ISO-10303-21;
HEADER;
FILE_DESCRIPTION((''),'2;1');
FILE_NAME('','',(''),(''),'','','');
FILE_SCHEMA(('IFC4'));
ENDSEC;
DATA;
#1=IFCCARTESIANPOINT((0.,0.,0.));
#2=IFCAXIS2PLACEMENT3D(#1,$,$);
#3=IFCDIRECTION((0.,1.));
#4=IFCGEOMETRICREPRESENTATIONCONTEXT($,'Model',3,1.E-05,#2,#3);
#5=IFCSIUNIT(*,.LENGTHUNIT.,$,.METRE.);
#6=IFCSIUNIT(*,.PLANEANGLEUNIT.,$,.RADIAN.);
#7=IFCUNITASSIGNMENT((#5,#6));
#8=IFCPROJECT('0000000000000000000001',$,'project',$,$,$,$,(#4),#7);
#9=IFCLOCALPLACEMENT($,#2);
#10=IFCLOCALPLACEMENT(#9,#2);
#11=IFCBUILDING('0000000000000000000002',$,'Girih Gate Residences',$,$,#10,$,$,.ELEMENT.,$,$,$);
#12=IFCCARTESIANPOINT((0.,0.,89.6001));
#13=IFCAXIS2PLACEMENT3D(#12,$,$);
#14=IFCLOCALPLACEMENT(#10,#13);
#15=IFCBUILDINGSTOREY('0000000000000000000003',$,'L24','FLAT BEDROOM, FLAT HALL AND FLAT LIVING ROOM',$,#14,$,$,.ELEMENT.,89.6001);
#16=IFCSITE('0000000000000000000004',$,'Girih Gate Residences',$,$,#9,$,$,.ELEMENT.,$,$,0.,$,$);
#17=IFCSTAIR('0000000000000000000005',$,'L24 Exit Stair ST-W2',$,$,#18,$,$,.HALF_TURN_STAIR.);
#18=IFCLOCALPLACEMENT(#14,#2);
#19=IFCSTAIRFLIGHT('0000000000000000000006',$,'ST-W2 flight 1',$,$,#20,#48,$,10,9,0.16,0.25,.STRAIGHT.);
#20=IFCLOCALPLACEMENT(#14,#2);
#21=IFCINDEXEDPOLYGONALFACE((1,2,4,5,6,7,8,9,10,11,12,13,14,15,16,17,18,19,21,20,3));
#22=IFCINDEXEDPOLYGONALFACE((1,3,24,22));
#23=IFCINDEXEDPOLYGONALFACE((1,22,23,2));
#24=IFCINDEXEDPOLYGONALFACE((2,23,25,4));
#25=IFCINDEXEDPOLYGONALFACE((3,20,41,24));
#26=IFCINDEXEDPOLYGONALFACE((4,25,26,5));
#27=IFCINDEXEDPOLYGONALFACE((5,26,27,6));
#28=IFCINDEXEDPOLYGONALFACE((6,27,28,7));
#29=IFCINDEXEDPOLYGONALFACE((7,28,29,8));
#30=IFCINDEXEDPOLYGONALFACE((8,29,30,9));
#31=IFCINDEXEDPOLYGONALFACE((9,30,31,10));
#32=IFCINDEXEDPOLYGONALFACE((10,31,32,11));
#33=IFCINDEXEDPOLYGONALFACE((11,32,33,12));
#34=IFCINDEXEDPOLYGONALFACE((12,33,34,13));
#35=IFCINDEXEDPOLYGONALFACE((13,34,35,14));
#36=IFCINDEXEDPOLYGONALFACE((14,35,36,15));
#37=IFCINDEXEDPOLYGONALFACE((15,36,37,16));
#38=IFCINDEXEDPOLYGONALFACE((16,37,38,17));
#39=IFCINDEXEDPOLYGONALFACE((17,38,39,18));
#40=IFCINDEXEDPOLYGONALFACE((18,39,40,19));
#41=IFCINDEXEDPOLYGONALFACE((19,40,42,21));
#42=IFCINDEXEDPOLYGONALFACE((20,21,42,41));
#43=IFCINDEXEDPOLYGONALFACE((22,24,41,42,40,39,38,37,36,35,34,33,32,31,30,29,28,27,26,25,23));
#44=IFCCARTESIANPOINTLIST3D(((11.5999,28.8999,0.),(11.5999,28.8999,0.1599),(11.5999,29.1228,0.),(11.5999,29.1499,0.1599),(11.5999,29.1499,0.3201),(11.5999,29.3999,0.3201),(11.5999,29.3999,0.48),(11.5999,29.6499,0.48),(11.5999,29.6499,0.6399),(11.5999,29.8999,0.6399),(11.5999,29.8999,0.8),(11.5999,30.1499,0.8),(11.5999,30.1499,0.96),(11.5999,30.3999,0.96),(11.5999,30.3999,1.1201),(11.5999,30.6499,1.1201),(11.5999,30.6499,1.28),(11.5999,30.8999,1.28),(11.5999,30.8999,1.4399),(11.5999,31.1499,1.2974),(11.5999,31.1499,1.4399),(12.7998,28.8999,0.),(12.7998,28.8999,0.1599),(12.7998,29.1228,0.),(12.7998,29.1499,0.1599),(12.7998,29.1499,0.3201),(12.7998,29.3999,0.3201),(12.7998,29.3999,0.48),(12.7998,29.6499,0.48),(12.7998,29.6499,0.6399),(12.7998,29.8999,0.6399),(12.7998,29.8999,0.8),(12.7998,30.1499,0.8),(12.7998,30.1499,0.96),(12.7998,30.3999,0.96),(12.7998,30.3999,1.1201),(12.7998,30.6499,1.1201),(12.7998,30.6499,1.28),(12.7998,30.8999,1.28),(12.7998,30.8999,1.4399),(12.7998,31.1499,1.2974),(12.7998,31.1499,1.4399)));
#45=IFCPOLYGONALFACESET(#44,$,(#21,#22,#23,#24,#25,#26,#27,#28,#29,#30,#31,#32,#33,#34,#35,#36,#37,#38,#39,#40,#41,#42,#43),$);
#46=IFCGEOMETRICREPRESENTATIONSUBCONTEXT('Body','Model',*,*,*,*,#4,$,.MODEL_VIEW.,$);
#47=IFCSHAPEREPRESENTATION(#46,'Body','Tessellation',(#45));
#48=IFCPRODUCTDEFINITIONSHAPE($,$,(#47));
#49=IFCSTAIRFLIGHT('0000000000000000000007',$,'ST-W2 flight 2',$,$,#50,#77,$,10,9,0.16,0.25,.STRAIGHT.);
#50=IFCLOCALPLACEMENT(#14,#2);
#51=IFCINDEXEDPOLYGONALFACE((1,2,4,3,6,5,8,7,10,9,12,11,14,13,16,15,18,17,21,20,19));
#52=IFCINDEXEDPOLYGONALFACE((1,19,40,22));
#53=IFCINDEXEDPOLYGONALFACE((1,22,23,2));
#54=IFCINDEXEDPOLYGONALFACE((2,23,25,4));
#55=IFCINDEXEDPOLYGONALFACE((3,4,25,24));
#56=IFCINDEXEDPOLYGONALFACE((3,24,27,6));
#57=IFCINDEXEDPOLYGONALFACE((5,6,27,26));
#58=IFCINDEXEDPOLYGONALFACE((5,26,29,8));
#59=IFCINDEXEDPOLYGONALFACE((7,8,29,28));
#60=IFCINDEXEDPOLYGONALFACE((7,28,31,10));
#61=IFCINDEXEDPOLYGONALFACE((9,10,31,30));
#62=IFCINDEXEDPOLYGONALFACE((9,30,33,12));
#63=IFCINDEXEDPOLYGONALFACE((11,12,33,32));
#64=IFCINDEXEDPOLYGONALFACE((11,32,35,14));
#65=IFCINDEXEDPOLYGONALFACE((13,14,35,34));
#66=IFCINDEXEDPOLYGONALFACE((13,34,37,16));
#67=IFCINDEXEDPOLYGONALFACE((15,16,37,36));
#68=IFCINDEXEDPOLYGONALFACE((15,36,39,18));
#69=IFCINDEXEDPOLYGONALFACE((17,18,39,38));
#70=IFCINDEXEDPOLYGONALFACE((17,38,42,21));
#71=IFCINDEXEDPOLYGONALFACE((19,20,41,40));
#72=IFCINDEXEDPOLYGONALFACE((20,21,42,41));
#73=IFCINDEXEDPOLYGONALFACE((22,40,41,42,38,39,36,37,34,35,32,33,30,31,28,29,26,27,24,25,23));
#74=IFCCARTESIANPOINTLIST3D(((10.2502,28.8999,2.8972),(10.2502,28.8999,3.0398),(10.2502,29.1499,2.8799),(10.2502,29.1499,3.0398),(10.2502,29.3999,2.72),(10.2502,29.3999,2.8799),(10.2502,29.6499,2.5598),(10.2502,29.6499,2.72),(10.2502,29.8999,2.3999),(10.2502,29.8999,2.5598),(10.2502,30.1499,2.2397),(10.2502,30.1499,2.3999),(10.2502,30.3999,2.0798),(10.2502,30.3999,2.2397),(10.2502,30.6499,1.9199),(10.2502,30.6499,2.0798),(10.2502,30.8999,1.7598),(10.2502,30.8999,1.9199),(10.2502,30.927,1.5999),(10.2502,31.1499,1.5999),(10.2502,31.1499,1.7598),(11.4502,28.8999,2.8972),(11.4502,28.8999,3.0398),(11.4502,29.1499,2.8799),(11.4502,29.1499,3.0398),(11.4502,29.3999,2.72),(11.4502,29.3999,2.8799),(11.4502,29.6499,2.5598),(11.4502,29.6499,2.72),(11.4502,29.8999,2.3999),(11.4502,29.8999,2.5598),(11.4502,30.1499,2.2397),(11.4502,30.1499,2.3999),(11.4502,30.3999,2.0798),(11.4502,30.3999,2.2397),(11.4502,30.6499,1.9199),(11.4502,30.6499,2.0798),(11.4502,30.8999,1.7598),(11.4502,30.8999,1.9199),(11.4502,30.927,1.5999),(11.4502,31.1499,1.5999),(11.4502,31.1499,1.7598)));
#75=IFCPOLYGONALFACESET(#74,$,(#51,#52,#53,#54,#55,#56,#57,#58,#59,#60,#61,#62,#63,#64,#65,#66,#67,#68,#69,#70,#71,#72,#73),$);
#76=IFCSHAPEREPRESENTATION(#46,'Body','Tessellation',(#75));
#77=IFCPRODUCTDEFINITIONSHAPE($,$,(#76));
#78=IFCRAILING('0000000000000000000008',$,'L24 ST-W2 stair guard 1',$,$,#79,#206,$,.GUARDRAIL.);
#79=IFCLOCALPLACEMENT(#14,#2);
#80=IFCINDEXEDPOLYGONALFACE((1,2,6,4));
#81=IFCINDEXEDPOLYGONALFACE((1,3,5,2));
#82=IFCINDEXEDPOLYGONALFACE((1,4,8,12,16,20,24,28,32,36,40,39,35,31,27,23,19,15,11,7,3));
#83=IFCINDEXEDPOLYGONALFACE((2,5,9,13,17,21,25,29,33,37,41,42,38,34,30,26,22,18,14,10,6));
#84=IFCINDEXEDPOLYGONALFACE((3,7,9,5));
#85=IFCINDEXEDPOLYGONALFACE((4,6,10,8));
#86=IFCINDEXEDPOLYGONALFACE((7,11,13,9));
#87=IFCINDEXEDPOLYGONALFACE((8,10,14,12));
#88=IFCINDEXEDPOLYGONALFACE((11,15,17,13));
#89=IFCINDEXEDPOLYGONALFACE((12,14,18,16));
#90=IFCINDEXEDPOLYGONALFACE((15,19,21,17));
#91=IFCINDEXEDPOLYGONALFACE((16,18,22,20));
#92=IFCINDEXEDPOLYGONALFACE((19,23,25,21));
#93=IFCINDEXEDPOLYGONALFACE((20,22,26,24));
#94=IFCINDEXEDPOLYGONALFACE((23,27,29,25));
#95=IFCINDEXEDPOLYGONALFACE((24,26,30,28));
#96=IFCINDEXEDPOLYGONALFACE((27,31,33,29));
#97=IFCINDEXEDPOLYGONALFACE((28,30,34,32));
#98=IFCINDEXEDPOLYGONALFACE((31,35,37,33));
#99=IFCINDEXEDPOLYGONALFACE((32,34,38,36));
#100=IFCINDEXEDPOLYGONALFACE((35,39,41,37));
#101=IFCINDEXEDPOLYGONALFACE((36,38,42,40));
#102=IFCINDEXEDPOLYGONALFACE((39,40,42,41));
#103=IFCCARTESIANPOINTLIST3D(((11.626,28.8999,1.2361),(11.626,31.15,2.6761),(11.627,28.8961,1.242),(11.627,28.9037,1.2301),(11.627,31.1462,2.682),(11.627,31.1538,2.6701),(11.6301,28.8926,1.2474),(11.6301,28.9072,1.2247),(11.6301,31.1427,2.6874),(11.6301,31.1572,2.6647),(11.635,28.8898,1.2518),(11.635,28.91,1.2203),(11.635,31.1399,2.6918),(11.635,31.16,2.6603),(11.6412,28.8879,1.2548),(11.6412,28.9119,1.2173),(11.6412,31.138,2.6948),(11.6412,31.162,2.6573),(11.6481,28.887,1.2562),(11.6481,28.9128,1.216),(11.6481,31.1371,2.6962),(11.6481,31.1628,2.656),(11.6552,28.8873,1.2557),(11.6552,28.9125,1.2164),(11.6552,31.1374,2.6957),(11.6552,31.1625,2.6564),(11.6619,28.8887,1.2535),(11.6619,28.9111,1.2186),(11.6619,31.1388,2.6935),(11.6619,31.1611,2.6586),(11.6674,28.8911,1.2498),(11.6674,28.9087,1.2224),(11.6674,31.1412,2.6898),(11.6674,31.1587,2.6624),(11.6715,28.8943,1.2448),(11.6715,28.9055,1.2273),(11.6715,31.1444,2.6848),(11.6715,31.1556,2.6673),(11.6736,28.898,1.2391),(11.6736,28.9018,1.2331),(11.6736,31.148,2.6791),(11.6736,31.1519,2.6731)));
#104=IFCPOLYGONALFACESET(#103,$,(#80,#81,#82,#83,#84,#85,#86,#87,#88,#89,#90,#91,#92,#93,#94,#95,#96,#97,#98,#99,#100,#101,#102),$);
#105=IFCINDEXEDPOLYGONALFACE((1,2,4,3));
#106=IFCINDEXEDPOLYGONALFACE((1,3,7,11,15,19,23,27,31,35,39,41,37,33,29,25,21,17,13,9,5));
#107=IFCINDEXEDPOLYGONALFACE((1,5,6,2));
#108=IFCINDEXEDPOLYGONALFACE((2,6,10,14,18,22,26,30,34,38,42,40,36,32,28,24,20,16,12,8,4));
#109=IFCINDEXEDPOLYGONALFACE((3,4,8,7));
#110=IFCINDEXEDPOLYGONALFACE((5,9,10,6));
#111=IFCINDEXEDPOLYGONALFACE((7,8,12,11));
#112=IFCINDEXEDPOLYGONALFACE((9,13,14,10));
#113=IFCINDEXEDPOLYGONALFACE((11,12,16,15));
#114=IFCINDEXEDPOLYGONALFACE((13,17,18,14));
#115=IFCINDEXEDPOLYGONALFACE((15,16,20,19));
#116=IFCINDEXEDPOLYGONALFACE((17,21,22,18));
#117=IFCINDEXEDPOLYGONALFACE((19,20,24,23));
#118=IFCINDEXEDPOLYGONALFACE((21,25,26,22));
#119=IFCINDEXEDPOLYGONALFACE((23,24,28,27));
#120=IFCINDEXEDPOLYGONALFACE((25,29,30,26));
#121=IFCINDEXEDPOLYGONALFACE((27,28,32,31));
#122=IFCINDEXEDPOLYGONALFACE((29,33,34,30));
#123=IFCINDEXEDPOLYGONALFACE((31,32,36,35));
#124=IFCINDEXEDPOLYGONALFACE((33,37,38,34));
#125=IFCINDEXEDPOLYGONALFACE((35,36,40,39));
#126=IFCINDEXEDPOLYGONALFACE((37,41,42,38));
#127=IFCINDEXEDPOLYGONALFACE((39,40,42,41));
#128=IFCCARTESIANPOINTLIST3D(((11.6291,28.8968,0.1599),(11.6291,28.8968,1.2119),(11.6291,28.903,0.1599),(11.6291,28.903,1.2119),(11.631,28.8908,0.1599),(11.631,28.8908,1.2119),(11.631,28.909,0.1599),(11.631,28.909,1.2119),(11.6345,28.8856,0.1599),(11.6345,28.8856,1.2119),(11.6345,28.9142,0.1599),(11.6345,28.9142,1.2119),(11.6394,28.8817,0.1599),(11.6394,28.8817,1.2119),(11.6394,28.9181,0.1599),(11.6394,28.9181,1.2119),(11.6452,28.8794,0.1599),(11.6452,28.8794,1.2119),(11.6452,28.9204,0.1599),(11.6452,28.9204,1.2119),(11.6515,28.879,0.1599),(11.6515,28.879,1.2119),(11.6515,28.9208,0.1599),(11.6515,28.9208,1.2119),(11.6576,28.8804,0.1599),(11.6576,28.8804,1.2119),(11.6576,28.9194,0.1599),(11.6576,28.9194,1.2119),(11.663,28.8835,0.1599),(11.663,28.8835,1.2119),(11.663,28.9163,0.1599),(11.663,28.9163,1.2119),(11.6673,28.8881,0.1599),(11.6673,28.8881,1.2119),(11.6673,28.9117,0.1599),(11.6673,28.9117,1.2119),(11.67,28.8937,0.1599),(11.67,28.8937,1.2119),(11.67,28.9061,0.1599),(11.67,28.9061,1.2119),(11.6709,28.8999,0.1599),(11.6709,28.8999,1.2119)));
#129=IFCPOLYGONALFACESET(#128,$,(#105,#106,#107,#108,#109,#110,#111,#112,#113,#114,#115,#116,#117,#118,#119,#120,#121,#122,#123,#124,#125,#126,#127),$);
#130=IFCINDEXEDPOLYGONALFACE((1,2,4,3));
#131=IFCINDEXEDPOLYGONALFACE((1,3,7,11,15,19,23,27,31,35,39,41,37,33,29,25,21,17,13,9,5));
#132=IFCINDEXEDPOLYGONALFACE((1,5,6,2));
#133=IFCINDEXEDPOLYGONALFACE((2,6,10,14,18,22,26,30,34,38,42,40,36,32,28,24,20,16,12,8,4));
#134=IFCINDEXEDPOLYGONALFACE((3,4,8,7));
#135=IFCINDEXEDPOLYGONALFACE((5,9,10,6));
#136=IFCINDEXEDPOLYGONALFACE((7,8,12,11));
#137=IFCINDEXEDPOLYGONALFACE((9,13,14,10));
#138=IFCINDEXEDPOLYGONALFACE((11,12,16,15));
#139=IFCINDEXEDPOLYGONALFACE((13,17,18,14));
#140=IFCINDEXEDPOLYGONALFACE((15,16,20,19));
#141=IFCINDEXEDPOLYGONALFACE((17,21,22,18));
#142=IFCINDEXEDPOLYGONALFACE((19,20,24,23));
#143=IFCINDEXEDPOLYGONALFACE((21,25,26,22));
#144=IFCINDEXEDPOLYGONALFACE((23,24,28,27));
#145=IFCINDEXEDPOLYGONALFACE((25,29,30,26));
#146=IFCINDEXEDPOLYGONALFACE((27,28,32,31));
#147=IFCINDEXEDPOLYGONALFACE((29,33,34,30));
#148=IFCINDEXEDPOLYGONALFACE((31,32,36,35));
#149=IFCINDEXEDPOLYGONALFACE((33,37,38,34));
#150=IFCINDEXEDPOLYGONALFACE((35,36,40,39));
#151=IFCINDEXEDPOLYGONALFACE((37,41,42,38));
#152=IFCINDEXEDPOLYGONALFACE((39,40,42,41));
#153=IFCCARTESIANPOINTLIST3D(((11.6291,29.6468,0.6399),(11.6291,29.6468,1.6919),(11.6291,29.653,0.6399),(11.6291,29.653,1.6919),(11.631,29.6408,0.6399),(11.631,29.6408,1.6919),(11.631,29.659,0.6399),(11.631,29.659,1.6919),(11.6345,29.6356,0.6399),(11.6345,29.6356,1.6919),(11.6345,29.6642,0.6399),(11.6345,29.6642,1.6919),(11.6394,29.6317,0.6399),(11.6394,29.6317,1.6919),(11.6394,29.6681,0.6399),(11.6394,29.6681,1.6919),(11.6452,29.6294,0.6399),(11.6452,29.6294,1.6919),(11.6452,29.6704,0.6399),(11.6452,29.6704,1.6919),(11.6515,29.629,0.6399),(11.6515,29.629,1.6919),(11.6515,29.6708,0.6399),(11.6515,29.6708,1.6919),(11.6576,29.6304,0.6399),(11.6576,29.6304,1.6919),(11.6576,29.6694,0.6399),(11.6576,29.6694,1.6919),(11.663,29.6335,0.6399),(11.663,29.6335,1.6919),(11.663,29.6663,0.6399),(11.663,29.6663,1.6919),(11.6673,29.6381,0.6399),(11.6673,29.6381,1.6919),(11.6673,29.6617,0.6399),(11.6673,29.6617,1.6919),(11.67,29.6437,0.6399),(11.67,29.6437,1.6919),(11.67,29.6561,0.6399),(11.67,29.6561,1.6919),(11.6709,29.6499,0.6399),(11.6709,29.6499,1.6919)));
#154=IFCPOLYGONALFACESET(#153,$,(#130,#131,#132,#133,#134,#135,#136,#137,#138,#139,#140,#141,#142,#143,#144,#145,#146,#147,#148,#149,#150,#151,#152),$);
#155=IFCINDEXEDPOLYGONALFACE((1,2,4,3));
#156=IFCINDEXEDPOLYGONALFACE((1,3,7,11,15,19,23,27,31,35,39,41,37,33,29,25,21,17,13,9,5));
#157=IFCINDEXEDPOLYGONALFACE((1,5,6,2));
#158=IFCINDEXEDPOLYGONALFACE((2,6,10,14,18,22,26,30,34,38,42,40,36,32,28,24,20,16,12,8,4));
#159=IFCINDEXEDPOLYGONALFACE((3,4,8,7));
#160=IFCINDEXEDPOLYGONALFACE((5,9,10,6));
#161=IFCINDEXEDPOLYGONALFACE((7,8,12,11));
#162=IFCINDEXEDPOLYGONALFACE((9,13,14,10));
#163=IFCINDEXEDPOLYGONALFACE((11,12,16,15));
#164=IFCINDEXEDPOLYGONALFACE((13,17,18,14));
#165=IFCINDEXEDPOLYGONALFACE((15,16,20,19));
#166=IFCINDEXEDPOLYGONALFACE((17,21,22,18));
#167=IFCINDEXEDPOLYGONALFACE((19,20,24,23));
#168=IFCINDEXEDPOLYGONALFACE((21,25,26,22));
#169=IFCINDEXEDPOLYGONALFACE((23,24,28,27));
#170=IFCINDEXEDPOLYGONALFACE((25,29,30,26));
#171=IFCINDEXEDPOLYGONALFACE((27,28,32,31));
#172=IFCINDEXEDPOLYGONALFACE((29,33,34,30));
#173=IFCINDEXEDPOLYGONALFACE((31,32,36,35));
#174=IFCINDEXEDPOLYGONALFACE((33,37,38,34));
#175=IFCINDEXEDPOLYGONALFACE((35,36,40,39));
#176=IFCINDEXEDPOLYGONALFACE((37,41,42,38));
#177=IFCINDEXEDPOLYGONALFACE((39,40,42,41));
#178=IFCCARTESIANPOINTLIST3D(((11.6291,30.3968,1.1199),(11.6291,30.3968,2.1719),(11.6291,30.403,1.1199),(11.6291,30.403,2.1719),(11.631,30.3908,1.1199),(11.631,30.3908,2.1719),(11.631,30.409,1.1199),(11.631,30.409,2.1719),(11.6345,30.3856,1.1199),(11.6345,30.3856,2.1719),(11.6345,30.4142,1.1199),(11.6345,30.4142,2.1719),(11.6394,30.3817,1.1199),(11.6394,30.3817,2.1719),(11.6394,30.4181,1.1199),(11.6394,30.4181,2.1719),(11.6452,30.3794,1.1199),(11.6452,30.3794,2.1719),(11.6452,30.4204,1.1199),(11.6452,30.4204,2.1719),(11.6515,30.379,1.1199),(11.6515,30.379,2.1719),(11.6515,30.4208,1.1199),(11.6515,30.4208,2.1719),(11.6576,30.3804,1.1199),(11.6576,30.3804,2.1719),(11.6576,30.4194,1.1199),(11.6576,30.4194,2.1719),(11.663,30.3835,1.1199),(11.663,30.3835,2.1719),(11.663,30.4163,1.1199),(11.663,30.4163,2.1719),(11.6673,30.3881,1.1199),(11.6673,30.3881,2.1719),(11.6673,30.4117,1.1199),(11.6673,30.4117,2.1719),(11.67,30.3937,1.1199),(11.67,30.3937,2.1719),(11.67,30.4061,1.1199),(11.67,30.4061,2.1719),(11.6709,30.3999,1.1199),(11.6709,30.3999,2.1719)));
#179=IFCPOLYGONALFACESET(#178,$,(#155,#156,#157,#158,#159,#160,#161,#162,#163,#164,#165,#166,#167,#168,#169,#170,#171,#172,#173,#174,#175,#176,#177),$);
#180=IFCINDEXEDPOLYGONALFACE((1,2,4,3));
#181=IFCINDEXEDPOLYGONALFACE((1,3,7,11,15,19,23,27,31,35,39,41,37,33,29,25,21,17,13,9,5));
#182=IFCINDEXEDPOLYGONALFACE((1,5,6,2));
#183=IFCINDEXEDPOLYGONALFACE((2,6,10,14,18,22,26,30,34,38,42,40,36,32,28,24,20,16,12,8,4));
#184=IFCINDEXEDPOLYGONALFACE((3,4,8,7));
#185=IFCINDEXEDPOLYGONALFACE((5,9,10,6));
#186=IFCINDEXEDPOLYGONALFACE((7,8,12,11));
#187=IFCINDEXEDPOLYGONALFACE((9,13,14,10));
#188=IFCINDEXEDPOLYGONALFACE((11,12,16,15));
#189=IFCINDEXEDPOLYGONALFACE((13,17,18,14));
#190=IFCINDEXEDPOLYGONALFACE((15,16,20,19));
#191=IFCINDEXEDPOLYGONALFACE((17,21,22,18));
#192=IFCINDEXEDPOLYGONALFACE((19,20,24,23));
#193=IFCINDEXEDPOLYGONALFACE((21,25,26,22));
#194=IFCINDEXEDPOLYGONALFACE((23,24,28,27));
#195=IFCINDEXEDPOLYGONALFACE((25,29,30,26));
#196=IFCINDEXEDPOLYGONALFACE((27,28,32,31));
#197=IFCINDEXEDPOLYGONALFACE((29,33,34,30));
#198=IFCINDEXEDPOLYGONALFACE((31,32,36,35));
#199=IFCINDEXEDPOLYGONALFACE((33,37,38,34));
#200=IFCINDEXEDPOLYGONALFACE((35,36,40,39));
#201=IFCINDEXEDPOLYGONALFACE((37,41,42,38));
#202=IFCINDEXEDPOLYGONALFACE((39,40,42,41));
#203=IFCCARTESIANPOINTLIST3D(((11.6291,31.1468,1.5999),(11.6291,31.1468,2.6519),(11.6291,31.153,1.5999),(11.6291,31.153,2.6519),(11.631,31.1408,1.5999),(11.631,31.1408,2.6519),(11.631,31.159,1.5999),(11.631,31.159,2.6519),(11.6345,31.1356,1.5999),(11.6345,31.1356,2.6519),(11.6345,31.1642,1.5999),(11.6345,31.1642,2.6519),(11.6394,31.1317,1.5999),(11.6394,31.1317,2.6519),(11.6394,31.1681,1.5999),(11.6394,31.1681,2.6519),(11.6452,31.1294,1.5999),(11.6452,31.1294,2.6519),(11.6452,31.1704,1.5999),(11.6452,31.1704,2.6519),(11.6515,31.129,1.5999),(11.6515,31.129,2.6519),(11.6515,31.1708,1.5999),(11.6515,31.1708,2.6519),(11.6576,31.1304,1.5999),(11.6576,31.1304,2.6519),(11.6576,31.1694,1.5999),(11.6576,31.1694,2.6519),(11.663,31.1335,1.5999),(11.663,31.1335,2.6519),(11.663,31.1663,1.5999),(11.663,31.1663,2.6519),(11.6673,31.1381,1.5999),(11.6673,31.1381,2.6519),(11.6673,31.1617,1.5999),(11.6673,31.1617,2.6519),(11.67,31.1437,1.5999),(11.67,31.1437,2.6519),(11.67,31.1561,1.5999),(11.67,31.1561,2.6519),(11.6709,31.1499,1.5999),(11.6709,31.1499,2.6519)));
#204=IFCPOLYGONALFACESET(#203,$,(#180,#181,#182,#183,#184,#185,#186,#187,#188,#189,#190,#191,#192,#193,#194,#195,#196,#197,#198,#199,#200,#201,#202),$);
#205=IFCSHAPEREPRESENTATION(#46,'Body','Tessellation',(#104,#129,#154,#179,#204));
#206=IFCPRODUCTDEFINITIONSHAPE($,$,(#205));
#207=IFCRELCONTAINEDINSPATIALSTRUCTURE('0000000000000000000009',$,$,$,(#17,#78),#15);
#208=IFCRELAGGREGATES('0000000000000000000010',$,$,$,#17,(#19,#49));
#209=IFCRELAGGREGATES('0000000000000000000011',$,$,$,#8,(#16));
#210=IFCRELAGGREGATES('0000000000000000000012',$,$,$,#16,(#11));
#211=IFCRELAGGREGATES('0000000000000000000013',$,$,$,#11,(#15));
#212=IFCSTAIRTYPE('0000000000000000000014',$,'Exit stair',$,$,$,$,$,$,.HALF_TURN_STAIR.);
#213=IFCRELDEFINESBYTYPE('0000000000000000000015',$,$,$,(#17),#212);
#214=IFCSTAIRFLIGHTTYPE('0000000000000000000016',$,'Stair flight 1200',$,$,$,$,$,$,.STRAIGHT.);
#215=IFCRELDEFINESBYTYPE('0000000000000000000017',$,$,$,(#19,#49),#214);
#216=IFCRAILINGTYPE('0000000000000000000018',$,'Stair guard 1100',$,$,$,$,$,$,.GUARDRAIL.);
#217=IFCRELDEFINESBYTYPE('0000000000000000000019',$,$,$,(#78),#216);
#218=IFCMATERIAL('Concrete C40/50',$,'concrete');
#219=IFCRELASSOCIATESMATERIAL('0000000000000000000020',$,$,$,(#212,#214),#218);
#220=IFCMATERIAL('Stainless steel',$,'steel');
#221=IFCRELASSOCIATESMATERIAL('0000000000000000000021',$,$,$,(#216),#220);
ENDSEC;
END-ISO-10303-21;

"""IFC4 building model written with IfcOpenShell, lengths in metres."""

from ifc_helpers import new_model, si_unit, direction, frame, origin, origin_2d, place, context, subcontext, project, spatial, polyline, circle, outline, extrude, material, type_object, element, aggregate, save


model = new_model("IFC4")

# Units and contexts
model_context = context("Model", 3, precision=1e-05, world=origin(), true_north=direction((0.0, 1.0)))
body_context = subcontext(model_context, "Body", "Model", "MODEL_VIEW")
ifc_project = project(units=[si_unit("LENGTHUNIT", "METRE"), si_unit("PLANEANGLEUNIT", "RADIAN")], contexts=[model_context])

# Site, building, storey
site_placement = place(None, origin())
site = spatial("IfcSite", under=ifc_project, at=site_placement, Name="Girih Gate Residences", CompositionType="ELEMENT", RefElevation=0.0)
building_placement = place(site_placement, origin())
building = spatial("IfcBuilding", under=site, at=building_placement, Name="Girih Gate Residences", CompositionType="ELEMENT")
storey_placement = place(building_placement, frame((0.0, 0.0, 89.6001)))
storey = spatial("IfcBuildingStorey", under=building, at=storey_placement, Name="L24", Description="FLAT BEDROOM, FLAT HALL AND FLAT LIVING ROOM", CompositionType="ELEMENT", Elevation=89.6001)

# Shared definitions
ifc_material_1 = material(Name="Concrete C40/50", Category="concrete")

# Stair, stair flights
stair_type = type_object("IfcStairType", Name="Exit stair", PredefinedType="HALF_TURN_STAIR", material=ifc_material_1)
stair_placement = place(storey_placement, origin())
stair = element("IfcStair", 1, at=stair_placement, inside=storey, type_object=stair_type, Name="L24 Exit Stair ST-W2", PredefinedType="HALF_TURN_STAIR")
stair_flight_type = type_object("IfcStairFlightType", Name="Stair flight 1200", PredefinedType="STRAIGHT", material=ifc_material_1)
stair_flight_1_placement = place(storey_placement, frame((12.2, 28.8999, 0.0), z_axis=(0.0, 0.0, 1.0), x_axis=(0.0, 1.0, 0.0)))
stair_flight_1 = element("IfcStairFlight", 2, at=stair_flight_1_placement, type_object=stair_flight_type, Name="ST-W2 flight 1", NumberOfRisers=10, NumberOfTreads=9, PredefinedType="STRAIGHT", RiserHeight=0.16, TreadLength=0.25, context=body_context, shape_type="SweptSolid", body=[
    extrude(outline(polyline([(0.0, 0.0), (0.0, 0.1599), (0.25, 0.1599), (0.25, 0.3201), (0.5, 0.3201), (0.5, 0.48), (0.75, 0.48), (0.75, 0.6399), (1.0, 0.6399), (1.0, 0.8), (1.25, 0.8), (1.25, 0.96), (1.5, 0.96), (1.5, 1.1201), (1.75, 1.1201), (1.75, 1.28), (2.0, 1.28), (2.0, 1.4399), (2.25, 1.4399), (2.25, 1.6001), (2.25, 1.2974), (0.2229, 0.0), (0.0, 0.0)])), frame((0.0, 0.6001, 0.0), z_axis=(0.0, -1.0, 0.0), x_axis=(1.0, 0.0, 0.0)), (0.0, 0.0, 1.0), 1.2),
])
stair_flight_2_placement = place(storey_placement, frame((10.8501, 31.1499, 1.5999), z_axis=(0.0, 0.0, 1.0), x_axis=(0.0, -1.0, 0.0)))
stair_flight_2 = element("IfcStairFlight", 3, at=stair_flight_2_placement, type_object=stair_flight_type, Name="ST-W2 flight 2", NumberOfRisers=10, NumberOfTreads=9, PredefinedType="STRAIGHT", RiserHeight=0.16, TreadLength=0.25, context=body_context, shape_type="SweptSolid", body=[
    extrude(outline(polyline([(0.0, 0.0), (0.0, 0.1599), (0.25, 0.1599), (0.25, 0.3201), (0.5, 0.3201), (0.5, 0.48), (0.75, 0.48), (0.75, 0.6399), (1.0, 0.6399), (1.0, 0.8), (1.25, 0.8), (1.25, 0.96), (1.5, 0.96), (1.5, 1.1201), (1.75, 1.1201), (1.75, 1.28), (2.0, 1.28), (2.0, 1.4399), (2.25, 1.4399), (2.25, 1.6001), (2.25, 1.2974), (0.2229, 0.0), (0.0, 0.0)])), frame((0.0, 0.6001, 0.0), z_axis=(0.0, -1.0, 0.0), x_axis=(1.0, 0.0, 0.0)), (0.0, 0.0, 1.0), 1.2),
])
aggregate(stair, [stair_flight_1, stair_flight_2])

# Railing
ifc_material_2 = material(Name="Stainless steel", Category="steel")
railing_type_1 = type_object("IfcRailingType", Name="Stair guard 1100", PredefinedType="GUARDRAIL", material=ifc_material_2)
railing_1_placement = place(storey_placement, frame((11.6499, 28.8999, 0.1599)))
element("IfcRailing", 4, at=railing_1_placement, inside=storey, type_object=railing_type_1, Name="L24 ST-W2 stair guard 1", PredefinedType="GUARDRAIL", context=body_context, shape_type="SweptSolid", body=[
    extrude(circle(Radius=0.0239, at=origin_2d()), frame((0.0, 0.0, 1.0762), z_axis=(0.0, 0.842281, 0.539038), x_axis=(-1.0, 0.0, 0.0)), (0.0, 0.0, 1.0), 2.6714),
    extrude(circle(Radius=0.021, at=origin_2d()), origin(), (0.0, 0.0, 1.0), 1.052),
    extrude(circle(Radius=0.021, at=origin_2d()), frame((0.0, 0.75, 0.48)), (0.0, 0.0, 1.0), 1.052),
    extrude(circle(Radius=0.021, at=origin_2d()), frame((0.0, 1.5, 0.96)), (0.0, 0.0, 1.0), 1.052),
    extrude(circle(Radius=0.021, at=origin_2d()), frame((0.0, 2.25, 1.4399)), (0.0, 0.0, 1.0), 1.052),
])

save(model, "model.ifc")
